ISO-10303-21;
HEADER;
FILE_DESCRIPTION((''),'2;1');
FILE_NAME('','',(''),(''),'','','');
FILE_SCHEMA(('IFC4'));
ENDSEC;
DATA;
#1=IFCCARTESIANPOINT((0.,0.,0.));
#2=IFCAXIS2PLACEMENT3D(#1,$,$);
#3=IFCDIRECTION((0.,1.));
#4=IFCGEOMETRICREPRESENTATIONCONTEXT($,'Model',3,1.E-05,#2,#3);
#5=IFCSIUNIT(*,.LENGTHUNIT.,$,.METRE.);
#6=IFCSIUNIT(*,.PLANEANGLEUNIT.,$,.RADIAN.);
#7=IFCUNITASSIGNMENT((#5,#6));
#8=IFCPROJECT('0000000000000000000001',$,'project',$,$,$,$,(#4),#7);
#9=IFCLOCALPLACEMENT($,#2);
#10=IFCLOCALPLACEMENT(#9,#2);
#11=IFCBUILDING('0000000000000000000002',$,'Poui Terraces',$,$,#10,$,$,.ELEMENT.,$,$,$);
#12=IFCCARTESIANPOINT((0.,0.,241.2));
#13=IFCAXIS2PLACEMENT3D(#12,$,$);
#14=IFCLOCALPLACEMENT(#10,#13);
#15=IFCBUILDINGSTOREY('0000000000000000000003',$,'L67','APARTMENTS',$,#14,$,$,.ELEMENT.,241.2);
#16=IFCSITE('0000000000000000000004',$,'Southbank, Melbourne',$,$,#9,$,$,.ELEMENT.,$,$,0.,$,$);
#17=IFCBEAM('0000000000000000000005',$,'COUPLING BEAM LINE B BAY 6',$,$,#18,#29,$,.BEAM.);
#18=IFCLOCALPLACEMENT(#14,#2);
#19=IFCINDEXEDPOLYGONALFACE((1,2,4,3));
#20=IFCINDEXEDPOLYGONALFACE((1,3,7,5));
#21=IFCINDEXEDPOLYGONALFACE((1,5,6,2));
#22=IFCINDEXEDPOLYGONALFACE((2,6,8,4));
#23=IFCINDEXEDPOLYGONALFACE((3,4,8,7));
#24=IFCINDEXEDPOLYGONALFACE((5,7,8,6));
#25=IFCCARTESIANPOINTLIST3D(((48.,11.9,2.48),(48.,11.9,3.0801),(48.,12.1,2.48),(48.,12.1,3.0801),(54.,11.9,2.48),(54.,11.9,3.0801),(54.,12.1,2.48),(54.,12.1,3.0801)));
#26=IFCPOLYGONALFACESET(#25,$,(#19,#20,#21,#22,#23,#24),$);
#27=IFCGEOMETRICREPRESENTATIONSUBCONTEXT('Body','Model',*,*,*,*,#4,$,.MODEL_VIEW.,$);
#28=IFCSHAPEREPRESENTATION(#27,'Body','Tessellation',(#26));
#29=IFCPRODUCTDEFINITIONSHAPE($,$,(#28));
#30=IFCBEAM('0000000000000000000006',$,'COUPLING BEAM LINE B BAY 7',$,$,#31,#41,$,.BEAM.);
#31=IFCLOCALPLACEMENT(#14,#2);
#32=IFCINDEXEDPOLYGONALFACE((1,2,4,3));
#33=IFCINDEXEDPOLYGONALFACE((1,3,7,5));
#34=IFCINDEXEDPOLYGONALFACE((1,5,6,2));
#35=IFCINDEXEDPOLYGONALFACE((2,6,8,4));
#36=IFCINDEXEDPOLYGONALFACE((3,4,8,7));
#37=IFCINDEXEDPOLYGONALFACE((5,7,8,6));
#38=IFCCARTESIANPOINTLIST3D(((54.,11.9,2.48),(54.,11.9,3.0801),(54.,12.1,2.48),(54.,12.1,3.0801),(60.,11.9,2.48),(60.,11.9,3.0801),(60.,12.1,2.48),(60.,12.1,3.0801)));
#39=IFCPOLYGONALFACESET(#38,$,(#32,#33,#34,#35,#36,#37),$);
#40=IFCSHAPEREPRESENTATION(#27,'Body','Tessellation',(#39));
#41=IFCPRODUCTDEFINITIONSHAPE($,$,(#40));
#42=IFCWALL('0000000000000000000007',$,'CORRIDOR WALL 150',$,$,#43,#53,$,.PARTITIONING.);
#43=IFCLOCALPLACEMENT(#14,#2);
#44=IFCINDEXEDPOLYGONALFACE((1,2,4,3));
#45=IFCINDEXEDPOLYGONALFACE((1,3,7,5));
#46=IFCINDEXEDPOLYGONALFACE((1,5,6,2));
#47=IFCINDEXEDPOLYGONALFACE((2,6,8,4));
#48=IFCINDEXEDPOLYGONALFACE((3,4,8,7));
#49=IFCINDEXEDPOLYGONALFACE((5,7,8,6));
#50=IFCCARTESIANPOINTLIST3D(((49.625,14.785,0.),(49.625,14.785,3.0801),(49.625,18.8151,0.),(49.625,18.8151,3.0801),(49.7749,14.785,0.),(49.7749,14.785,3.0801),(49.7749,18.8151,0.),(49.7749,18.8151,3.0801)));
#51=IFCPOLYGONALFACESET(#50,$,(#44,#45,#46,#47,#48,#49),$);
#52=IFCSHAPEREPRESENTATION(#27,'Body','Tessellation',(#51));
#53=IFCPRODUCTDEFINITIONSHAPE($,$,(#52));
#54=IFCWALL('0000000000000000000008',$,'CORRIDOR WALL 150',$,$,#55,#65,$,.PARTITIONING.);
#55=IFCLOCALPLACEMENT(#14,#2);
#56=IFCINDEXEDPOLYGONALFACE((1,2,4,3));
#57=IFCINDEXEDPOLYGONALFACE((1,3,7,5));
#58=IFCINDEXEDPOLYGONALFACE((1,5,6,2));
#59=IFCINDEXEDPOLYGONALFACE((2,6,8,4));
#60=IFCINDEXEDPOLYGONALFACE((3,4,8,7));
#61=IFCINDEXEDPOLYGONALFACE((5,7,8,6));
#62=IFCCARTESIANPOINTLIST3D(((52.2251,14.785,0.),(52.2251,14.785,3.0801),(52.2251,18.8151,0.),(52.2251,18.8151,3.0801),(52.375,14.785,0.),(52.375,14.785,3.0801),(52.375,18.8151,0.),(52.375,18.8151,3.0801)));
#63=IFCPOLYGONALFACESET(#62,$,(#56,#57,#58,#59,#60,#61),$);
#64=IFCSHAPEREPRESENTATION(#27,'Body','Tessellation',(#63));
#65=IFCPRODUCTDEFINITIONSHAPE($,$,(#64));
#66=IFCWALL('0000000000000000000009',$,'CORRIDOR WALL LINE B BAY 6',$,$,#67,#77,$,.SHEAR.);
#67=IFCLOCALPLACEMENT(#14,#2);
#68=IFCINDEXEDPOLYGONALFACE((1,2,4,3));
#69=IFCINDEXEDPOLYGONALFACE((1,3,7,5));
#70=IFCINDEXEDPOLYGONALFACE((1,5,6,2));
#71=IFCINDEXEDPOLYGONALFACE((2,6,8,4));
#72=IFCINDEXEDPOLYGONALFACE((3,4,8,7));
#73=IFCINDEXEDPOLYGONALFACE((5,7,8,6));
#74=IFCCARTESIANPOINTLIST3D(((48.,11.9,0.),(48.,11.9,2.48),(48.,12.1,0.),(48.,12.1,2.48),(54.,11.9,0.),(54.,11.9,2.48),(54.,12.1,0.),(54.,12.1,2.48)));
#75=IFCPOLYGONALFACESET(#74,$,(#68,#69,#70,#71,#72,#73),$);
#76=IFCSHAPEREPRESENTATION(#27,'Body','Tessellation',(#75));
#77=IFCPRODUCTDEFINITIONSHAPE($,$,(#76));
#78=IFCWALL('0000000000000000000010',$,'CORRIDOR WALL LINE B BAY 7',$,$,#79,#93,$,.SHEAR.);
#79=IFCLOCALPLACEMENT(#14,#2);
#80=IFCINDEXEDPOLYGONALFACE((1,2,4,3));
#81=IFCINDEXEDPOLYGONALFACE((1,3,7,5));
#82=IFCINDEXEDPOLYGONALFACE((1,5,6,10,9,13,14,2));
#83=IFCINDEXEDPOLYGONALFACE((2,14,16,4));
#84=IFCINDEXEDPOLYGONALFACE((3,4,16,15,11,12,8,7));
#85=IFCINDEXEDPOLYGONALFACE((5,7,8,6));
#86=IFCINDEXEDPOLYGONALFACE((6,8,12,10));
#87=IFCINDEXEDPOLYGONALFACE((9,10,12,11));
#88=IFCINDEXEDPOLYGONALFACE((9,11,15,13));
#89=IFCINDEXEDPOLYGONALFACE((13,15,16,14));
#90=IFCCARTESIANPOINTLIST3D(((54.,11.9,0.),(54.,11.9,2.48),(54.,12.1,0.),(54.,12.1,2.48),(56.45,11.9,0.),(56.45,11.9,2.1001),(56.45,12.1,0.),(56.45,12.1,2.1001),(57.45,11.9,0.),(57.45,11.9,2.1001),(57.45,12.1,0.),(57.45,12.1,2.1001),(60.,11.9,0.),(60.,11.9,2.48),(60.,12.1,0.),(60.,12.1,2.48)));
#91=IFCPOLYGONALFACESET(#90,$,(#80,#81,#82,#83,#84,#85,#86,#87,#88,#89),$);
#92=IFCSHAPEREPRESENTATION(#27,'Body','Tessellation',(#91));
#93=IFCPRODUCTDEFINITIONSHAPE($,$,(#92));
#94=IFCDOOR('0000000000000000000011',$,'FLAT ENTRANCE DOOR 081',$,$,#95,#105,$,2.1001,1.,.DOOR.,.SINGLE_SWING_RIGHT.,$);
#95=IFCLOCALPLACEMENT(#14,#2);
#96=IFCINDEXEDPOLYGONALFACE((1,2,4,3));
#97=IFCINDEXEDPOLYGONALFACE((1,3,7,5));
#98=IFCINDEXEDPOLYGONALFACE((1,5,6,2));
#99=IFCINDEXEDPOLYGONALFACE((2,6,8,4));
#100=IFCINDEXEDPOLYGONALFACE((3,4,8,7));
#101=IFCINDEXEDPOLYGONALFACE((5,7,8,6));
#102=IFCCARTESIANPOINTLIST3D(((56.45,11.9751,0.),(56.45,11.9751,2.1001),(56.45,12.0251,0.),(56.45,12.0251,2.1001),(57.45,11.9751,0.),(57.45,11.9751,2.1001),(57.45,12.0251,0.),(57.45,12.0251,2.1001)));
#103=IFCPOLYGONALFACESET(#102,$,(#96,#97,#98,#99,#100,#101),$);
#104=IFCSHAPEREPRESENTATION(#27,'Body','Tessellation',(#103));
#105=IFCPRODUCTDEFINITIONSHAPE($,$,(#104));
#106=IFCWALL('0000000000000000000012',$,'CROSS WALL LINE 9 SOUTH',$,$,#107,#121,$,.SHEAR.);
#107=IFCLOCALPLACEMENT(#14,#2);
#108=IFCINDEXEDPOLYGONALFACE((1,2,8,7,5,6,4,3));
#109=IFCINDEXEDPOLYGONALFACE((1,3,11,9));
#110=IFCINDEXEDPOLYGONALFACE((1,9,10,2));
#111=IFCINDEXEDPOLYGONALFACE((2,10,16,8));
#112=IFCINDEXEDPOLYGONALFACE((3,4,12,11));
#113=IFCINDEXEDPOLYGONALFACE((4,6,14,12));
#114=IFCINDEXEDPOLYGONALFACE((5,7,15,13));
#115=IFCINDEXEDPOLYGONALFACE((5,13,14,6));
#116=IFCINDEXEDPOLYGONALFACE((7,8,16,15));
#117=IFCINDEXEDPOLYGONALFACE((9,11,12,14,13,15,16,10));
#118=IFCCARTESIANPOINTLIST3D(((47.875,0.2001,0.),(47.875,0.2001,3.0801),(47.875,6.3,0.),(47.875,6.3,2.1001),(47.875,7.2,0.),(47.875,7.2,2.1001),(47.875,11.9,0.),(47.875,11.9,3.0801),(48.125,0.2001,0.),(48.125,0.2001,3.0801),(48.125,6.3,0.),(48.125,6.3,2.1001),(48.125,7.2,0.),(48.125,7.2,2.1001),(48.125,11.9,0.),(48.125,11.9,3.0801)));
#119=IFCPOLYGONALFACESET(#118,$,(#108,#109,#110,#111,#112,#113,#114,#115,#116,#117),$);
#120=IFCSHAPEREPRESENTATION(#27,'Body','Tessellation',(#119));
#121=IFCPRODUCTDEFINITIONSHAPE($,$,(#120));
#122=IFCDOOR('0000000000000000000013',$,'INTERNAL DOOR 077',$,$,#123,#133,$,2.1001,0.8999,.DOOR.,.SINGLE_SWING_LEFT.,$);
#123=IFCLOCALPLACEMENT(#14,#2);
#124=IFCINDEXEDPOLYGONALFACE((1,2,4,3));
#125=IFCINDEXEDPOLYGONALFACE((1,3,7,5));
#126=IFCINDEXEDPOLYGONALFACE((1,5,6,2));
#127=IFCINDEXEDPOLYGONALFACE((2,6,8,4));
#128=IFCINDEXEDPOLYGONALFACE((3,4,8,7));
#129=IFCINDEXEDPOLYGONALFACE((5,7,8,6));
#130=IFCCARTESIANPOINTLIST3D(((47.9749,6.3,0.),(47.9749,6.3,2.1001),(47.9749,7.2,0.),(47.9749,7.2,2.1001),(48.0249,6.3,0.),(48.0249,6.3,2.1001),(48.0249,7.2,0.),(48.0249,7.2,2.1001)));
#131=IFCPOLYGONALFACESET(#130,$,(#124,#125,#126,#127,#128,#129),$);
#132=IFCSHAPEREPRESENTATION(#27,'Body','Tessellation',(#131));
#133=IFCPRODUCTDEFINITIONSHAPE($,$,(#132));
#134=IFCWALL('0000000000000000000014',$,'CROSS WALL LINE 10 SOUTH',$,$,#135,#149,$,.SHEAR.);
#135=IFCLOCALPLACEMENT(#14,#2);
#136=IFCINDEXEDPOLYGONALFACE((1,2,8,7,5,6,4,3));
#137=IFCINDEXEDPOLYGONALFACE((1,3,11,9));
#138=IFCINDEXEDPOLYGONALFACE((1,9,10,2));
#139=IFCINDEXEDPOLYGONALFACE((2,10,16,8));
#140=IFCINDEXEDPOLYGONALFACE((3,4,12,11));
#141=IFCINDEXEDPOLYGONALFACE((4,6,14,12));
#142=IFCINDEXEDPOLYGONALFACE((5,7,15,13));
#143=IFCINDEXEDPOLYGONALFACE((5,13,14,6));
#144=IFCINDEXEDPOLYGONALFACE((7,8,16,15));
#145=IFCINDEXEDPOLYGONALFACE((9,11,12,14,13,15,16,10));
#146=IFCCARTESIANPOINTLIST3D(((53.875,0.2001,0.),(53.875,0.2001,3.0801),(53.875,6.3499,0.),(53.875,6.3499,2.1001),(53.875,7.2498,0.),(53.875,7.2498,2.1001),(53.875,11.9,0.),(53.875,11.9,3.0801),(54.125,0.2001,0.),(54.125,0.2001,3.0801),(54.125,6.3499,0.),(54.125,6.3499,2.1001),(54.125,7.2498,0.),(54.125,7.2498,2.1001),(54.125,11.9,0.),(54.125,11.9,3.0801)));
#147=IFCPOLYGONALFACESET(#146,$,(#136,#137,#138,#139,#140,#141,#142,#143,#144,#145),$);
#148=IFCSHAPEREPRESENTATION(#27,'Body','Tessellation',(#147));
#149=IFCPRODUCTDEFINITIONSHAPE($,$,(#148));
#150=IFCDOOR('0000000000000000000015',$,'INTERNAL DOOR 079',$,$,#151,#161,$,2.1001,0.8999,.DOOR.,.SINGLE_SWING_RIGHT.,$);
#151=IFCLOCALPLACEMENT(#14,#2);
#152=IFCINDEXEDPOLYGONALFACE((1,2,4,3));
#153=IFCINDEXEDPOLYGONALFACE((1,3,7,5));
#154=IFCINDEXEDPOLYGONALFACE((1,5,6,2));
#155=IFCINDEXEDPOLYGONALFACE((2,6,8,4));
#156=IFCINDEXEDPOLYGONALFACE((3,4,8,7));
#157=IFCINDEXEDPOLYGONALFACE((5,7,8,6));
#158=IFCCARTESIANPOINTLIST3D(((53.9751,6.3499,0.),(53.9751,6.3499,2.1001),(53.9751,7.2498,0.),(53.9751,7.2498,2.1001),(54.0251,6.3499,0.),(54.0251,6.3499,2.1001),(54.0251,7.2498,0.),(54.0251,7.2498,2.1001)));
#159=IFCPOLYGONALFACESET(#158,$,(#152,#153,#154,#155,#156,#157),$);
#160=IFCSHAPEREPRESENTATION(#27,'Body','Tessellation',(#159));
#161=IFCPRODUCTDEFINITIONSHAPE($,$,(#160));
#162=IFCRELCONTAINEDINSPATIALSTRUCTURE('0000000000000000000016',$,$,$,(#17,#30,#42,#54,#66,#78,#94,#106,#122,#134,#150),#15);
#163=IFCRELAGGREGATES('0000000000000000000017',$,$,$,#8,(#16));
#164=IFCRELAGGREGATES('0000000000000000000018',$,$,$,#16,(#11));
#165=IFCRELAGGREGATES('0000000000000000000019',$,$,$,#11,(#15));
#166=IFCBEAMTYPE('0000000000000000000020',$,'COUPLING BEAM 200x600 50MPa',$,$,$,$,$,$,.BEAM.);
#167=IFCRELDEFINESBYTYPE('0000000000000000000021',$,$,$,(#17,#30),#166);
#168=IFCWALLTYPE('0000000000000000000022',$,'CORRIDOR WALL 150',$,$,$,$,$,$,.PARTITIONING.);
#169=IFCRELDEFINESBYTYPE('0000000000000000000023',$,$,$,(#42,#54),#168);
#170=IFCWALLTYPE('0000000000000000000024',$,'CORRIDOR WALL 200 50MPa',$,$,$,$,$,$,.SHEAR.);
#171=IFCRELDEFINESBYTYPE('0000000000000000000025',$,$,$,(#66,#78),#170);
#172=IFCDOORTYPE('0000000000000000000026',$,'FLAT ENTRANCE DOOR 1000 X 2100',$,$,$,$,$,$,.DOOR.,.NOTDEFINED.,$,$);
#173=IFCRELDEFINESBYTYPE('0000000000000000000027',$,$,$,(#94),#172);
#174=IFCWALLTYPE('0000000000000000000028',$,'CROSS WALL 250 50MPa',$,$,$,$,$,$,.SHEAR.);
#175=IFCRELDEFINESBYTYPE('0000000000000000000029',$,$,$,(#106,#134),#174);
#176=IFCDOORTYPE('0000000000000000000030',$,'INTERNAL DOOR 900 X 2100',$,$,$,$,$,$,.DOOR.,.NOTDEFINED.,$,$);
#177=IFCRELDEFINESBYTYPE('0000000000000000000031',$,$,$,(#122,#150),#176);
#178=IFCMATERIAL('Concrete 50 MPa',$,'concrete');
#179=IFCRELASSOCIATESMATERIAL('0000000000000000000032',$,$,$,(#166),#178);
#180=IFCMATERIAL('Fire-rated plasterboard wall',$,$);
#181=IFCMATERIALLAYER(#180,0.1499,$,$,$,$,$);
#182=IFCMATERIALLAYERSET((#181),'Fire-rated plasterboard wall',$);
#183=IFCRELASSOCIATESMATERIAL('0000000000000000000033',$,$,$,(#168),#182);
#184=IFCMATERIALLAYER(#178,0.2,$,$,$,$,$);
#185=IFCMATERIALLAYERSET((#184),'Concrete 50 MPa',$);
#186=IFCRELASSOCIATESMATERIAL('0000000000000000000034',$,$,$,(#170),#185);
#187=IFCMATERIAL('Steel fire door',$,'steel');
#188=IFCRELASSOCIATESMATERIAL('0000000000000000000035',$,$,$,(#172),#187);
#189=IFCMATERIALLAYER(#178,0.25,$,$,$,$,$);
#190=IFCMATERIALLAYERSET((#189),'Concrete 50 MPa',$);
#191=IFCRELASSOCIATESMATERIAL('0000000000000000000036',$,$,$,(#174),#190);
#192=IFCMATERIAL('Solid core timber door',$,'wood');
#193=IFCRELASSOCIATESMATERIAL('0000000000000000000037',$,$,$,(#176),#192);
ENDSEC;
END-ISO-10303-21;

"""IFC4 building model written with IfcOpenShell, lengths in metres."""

from ifc_helpers import new_model, si_unit, direction, frame, frame_2d, origin, origin_2d, place, context, subcontext, project, spatial, rectangle, extrude, source, transform, mapped, material, layer, layer_set, material_profile, profile_set, type_object, element, fill, save


model = new_model("IFC4")

# Units and contexts
model_context = context("Model", 3, precision=1e-05, world=origin(), true_north=direction((0.0, 1.0)))
body_context = subcontext(model_context, "Body", "Model", "MODEL_VIEW")
ifc_project = project(units=[si_unit("LENGTHUNIT", "METRE"), si_unit("PLANEANGLEUNIT", "RADIAN")], contexts=[model_context])

# Site, building, storey
site_placement = place(None, origin())
site = spatial("IfcSite", under=ifc_project, at=site_placement, Name="Southbank, Melbourne", CompositionType="ELEMENT", RefElevation=0.0)
building_placement = place(site_placement, origin())
building = spatial("IfcBuilding", under=site, at=building_placement, Name="Poui Terraces", CompositionType="ELEMENT")
storey_placement = place(building_placement, frame((0.0, 0.0, 241.2)))
storey = spatial("IfcBuildingStorey", under=building, at=storey_placement, Name="L67", Description="APARTMENTS", CompositionType="ELEMENT", Elevation=241.2)

# Beams
ifc_material_1 = material(Name="Concrete 50 MPa", Category="concrete")
ifc_material_profile = material_profile(ifc_material_1, rectangle(XDim=0.2, YDim=0.6001, at=origin_2d()), Name="RC 200x600")
ifc_profile_set = profile_set([ifc_material_profile], Name="Concrete 50 MPa")
beam_type = type_object("IfcBeamType", Name="COUPLING BEAM 200x600 50MPa", PredefinedType="BEAM", material=ifc_profile_set)
shared_shape = source(origin(), body_context, "Body", "SweptSolid", [
    extrude(rectangle(XDim=0.2, YDim=0.6001, at=origin_2d()), origin(), (0.0, 0.0, 1.0), 6.0),
])
for number, where, z_axis, x_axis, name in (
    (1, (48.0, 12.0, 2.78), (1.0, 0.0, 0.0), (0.0, 1.0, 0.0), "COUPLING BEAM LINE B BAY 6"),
    (2, (54.0, 12.0, 2.78), (1.0, 0.0, 0.0), (0.0, 1.0, 0.0), "COUPLING BEAM LINE B BAY 7"),
):
    element("IfcBeam", number, at=place(storey_placement, frame(where, z_axis=z_axis, x_axis=x_axis)), inside=storey, type_object=beam_type, Name=name, PredefinedType="BEAM", context=body_context, shape_type="MappedRepresentation", body=[
        mapped(shared_shape, transform((0.0, 0.0, 0.0))),
    ])

# Walls
ifc_material_2 = material(Name="Fire-rated plasterboard wall")
ifc_layer_1 = layer(ifc_material_2, 0.1499)
ifc_layer_set_1 = layer_set([ifc_layer_1], Name="Fire-rated plasterboard wall")
wall_type_1 = type_object("IfcWallType", Name="CORRIDOR WALL 150", PredefinedType="PARTITIONING", material=ifc_layer_set_1)
for number, where, z_axis, x_axis, name in (
    (3, (49.7, 14.7849, 0.0), (0.0, 0.0, 1.0), (0.0, 1.0, 0.0), "CORRIDOR WALL 150"),
    (4, (52.3, 14.7849, 0.0), (0.0, 0.0, 1.0), (0.0, 1.0, 0.0), "CORRIDOR WALL 150"),
):
    element("IfcWall", number, at=place(storey_placement, frame(where, z_axis=z_axis, x_axis=x_axis)), inside=storey, type_object=wall_type_1, Name=name, PredefinedType="PARTITIONING", context=body_context, shape_type="SweptSolid", body=[
        extrude(rectangle(XDim=4.03, YDim=0.1499, at=frame_2d((2.0151, 0.0))), origin(), (0.0, 0.0, 1.0), 3.0801),
    ])
ifc_layer_2 = layer(ifc_material_1, 0.2)
ifc_layer_set_2 = layer_set([ifc_layer_2], Name="Concrete 50 MPa")
wall_type_2 = type_object("IfcWallType", Name="CORRIDOR WALL 200 50MPa", PredefinedType="SHEAR", material=ifc_layer_set_2)
wall_1_placement = place(storey_placement, frame((48.0, 12.0, 0.0), z_axis=(0.0, 0.0, 1.0), x_axis=(1.0, 0.0, 0.0)))
element("IfcWall", 5, at=wall_1_placement, inside=storey, type_object=wall_type_2, Name="CORRIDOR WALL LINE B BAY 6", PredefinedType="SHEAR", context=body_context, shape_type="SweptSolid", body=[
    extrude(rectangle(XDim=6.0, YDim=0.2, at=frame_2d((3.0, 0.0))), origin(), (0.0, 0.0, 1.0), 2.48),
])

# Walls, openings, doors
wall_2_placement = place(storey_placement, frame((54.0, 12.0, 0.0), z_axis=(0.0, 0.0, 1.0), x_axis=(1.0, 0.0, 0.0)))
wall_2 = element("IfcWall", 6, at=wall_2_placement, inside=storey, type_object=wall_type_2, Name="CORRIDOR WALL LINE B BAY 7", PredefinedType="SHEAR", context=body_context, shape_type="SweptSolid", body=[
    extrude(rectangle(XDim=6.0, YDim=0.2, at=frame_2d((3.0, 0.0))), origin(), (0.0, 0.0, 1.0), 2.48),
])
opening_1_placement = place(wall_2_placement, frame((2.45, 0.0, 0.0)))
opening_1 = element("IfcOpeningElement", 7, at=opening_1_placement, cuts=wall_2, PredefinedType="OPENING", context=body_context, shape_type="SweptSolid", body=[
    extrude(rectangle(XDim=1.0, YDim=2.1001, at=frame_2d((0.5, 1.05))), frame((0.0, 0.1099, 0.0), z_axis=(0.0, -1.0, 0.0), x_axis=(1.0, 0.0, 0.0)), (0.0, 0.0, 1.0), 0.22),
])
ifc_material_3 = material(Name="Steel fire door", Category="steel")
door_type_1 = type_object("IfcDoorType", Name="FLAT ENTRANCE DOOR 1000 X 2100", OperationType="NOTDEFINED", PredefinedType="DOOR", material=ifc_material_3)
door_1_placement = place(opening_1_placement, frame((1.0, 0.0, 0.0), z_axis=(0.0, 0.0, 1.0), x_axis=(-1.0, 0.0, 0.0)))
door_1 = element("IfcDoor", 8, at=door_1_placement, inside=storey, type_object=door_type_1, Name="FLAT ENTRANCE DOOR 081", OperationType="SINGLE_SWING_RIGHT", OverallHeight=2.1001, OverallWidth=1.0, PredefinedType="DOOR", context=body_context, shape_type="SweptSolid", body=[
    extrude(rectangle(XDim=1.0, YDim=2.1001, at=frame_2d((0.5, 1.05))), frame((0.0, 0.0249, 0.0), z_axis=(0.0, -1.0, 0.0), x_axis=(1.0, 0.0, 0.0)), (0.0, 0.0, 1.0), 0.05),
])
fill(opening_1, door_1)
ifc_layer_3 = layer(ifc_material_1, 0.25)
ifc_layer_set_3 = layer_set([ifc_layer_3], Name="Concrete 50 MPa")
wall_type_3 = type_object("IfcWallType", Name="CROSS WALL 250 50MPa", PredefinedType="SHEAR", material=ifc_layer_set_3)
wall_3_placement = place(storey_placement, frame((48.0, 0.2, 0.0), z_axis=(0.0, 0.0, 1.0), x_axis=(0.0, 1.0, 0.0)))
wall_3 = element("IfcWall", 9, at=wall_3_placement, inside=storey, type_object=wall_type_3, Name="CROSS WALL LINE 9 SOUTH", PredefinedType="SHEAR", context=body_context, shape_type="SweptSolid", body=[
    extrude(rectangle(XDim=11.7, YDim=0.25, at=frame_2d((5.8501, 0.0))), origin(), (0.0, 0.0, 1.0), 3.0801),
])
opening_2_placement = place(wall_3_placement, frame((6.1001, 0.0, 0.0)))
opening_2 = element("IfcOpeningElement", 10, at=opening_2_placement, cuts=wall_3, PredefinedType="OPENING", context=body_context, shape_type="SweptSolid", body=[
    extrude(rectangle(XDim=0.8999, YDim=2.1001, at=frame_2d((0.45, 1.05))), frame((0.0, 0.135, 0.0), z_axis=(0.0, -1.0, 0.0), x_axis=(1.0, 0.0, 0.0)), (0.0, 0.0, 1.0), 0.27),
])
ifc_material_4 = material(Name="Solid core timber door", Category="wood")
door_type_2 = type_object("IfcDoorType", Name="INTERNAL DOOR 900 X 2100", OperationType="NOTDEFINED", PredefinedType="DOOR", material=ifc_material_4)
door_2_placement = place(opening_2_placement, frame((0.8999, 0.0, 0.0), z_axis=(0.0, 0.0, 1.0), x_axis=(-1.0, 0.0, 0.0)))
door_2 = element("IfcDoor", 11, at=door_2_placement, inside=storey, type_object=door_type_2, Name="INTERNAL DOOR 077", OperationType="SINGLE_SWING_LEFT", OverallHeight=2.1001, OverallWidth=0.8999, PredefinedType="DOOR", context=body_context, shape_type="SweptSolid", body=[
    extrude(rectangle(XDim=0.8999, YDim=2.1001, at=frame_2d((0.45, 1.05))), frame((0.0, 0.0249, 0.0), z_axis=(0.0, -1.0, 0.0), x_axis=(1.0, 0.0, 0.0)), (0.0, 0.0, 1.0), 0.05),
])
fill(opening_2, door_2)
wall_4_placement = place(storey_placement, frame((54.0, 0.2, 0.0), z_axis=(0.0, 0.0, 1.0), x_axis=(0.0, 1.0, 0.0)))
wall_4 = element("IfcWall", 12, at=wall_4_placement, inside=storey, type_object=wall_type_3, Name="CROSS WALL LINE 10 SOUTH", PredefinedType="SHEAR", context=body_context, shape_type="SweptSolid", body=[
    extrude(rectangle(XDim=11.7, YDim=0.25, at=frame_2d((5.8501, 0.0))), origin(), (0.0, 0.0, 1.0), 3.0801),
])
opening_3_placement = place(wall_4_placement, frame((6.1499, 0.0, 0.0)))
opening_3 = element("IfcOpeningElement", 13, at=opening_3_placement, cuts=wall_4, PredefinedType="OPENING", context=body_context, shape_type="SweptSolid", body=[
    extrude(rectangle(XDim=0.8999, YDim=2.1001, at=frame_2d((0.45, 1.05))), frame((0.0, 0.135, 0.0), z_axis=(0.0, -1.0, 0.0), x_axis=(1.0, 0.0, 0.0)), (0.0, 0.0, 1.0), 0.27),
])
door_3_placement = place(opening_3_placement, origin())
door_3 = element("IfcDoor", 14, at=door_3_placement, inside=storey, type_object=door_type_2, Name="INTERNAL DOOR 079", OperationType="SINGLE_SWING_RIGHT", OverallHeight=2.1001, OverallWidth=0.8999, PredefinedType="DOOR", context=body_context, shape_type="SweptSolid", body=[
    extrude(rectangle(XDim=0.8999, YDim=2.1001, at=frame_2d((0.45, 1.05))), frame((0.0, 0.0249, 0.0), z_axis=(0.0, -1.0, 0.0), x_axis=(1.0, 0.0, 0.0)), (0.0, 0.0, 1.0), 0.05),
])
fill(opening_3, door_3)

save(model, "model.ifc")
